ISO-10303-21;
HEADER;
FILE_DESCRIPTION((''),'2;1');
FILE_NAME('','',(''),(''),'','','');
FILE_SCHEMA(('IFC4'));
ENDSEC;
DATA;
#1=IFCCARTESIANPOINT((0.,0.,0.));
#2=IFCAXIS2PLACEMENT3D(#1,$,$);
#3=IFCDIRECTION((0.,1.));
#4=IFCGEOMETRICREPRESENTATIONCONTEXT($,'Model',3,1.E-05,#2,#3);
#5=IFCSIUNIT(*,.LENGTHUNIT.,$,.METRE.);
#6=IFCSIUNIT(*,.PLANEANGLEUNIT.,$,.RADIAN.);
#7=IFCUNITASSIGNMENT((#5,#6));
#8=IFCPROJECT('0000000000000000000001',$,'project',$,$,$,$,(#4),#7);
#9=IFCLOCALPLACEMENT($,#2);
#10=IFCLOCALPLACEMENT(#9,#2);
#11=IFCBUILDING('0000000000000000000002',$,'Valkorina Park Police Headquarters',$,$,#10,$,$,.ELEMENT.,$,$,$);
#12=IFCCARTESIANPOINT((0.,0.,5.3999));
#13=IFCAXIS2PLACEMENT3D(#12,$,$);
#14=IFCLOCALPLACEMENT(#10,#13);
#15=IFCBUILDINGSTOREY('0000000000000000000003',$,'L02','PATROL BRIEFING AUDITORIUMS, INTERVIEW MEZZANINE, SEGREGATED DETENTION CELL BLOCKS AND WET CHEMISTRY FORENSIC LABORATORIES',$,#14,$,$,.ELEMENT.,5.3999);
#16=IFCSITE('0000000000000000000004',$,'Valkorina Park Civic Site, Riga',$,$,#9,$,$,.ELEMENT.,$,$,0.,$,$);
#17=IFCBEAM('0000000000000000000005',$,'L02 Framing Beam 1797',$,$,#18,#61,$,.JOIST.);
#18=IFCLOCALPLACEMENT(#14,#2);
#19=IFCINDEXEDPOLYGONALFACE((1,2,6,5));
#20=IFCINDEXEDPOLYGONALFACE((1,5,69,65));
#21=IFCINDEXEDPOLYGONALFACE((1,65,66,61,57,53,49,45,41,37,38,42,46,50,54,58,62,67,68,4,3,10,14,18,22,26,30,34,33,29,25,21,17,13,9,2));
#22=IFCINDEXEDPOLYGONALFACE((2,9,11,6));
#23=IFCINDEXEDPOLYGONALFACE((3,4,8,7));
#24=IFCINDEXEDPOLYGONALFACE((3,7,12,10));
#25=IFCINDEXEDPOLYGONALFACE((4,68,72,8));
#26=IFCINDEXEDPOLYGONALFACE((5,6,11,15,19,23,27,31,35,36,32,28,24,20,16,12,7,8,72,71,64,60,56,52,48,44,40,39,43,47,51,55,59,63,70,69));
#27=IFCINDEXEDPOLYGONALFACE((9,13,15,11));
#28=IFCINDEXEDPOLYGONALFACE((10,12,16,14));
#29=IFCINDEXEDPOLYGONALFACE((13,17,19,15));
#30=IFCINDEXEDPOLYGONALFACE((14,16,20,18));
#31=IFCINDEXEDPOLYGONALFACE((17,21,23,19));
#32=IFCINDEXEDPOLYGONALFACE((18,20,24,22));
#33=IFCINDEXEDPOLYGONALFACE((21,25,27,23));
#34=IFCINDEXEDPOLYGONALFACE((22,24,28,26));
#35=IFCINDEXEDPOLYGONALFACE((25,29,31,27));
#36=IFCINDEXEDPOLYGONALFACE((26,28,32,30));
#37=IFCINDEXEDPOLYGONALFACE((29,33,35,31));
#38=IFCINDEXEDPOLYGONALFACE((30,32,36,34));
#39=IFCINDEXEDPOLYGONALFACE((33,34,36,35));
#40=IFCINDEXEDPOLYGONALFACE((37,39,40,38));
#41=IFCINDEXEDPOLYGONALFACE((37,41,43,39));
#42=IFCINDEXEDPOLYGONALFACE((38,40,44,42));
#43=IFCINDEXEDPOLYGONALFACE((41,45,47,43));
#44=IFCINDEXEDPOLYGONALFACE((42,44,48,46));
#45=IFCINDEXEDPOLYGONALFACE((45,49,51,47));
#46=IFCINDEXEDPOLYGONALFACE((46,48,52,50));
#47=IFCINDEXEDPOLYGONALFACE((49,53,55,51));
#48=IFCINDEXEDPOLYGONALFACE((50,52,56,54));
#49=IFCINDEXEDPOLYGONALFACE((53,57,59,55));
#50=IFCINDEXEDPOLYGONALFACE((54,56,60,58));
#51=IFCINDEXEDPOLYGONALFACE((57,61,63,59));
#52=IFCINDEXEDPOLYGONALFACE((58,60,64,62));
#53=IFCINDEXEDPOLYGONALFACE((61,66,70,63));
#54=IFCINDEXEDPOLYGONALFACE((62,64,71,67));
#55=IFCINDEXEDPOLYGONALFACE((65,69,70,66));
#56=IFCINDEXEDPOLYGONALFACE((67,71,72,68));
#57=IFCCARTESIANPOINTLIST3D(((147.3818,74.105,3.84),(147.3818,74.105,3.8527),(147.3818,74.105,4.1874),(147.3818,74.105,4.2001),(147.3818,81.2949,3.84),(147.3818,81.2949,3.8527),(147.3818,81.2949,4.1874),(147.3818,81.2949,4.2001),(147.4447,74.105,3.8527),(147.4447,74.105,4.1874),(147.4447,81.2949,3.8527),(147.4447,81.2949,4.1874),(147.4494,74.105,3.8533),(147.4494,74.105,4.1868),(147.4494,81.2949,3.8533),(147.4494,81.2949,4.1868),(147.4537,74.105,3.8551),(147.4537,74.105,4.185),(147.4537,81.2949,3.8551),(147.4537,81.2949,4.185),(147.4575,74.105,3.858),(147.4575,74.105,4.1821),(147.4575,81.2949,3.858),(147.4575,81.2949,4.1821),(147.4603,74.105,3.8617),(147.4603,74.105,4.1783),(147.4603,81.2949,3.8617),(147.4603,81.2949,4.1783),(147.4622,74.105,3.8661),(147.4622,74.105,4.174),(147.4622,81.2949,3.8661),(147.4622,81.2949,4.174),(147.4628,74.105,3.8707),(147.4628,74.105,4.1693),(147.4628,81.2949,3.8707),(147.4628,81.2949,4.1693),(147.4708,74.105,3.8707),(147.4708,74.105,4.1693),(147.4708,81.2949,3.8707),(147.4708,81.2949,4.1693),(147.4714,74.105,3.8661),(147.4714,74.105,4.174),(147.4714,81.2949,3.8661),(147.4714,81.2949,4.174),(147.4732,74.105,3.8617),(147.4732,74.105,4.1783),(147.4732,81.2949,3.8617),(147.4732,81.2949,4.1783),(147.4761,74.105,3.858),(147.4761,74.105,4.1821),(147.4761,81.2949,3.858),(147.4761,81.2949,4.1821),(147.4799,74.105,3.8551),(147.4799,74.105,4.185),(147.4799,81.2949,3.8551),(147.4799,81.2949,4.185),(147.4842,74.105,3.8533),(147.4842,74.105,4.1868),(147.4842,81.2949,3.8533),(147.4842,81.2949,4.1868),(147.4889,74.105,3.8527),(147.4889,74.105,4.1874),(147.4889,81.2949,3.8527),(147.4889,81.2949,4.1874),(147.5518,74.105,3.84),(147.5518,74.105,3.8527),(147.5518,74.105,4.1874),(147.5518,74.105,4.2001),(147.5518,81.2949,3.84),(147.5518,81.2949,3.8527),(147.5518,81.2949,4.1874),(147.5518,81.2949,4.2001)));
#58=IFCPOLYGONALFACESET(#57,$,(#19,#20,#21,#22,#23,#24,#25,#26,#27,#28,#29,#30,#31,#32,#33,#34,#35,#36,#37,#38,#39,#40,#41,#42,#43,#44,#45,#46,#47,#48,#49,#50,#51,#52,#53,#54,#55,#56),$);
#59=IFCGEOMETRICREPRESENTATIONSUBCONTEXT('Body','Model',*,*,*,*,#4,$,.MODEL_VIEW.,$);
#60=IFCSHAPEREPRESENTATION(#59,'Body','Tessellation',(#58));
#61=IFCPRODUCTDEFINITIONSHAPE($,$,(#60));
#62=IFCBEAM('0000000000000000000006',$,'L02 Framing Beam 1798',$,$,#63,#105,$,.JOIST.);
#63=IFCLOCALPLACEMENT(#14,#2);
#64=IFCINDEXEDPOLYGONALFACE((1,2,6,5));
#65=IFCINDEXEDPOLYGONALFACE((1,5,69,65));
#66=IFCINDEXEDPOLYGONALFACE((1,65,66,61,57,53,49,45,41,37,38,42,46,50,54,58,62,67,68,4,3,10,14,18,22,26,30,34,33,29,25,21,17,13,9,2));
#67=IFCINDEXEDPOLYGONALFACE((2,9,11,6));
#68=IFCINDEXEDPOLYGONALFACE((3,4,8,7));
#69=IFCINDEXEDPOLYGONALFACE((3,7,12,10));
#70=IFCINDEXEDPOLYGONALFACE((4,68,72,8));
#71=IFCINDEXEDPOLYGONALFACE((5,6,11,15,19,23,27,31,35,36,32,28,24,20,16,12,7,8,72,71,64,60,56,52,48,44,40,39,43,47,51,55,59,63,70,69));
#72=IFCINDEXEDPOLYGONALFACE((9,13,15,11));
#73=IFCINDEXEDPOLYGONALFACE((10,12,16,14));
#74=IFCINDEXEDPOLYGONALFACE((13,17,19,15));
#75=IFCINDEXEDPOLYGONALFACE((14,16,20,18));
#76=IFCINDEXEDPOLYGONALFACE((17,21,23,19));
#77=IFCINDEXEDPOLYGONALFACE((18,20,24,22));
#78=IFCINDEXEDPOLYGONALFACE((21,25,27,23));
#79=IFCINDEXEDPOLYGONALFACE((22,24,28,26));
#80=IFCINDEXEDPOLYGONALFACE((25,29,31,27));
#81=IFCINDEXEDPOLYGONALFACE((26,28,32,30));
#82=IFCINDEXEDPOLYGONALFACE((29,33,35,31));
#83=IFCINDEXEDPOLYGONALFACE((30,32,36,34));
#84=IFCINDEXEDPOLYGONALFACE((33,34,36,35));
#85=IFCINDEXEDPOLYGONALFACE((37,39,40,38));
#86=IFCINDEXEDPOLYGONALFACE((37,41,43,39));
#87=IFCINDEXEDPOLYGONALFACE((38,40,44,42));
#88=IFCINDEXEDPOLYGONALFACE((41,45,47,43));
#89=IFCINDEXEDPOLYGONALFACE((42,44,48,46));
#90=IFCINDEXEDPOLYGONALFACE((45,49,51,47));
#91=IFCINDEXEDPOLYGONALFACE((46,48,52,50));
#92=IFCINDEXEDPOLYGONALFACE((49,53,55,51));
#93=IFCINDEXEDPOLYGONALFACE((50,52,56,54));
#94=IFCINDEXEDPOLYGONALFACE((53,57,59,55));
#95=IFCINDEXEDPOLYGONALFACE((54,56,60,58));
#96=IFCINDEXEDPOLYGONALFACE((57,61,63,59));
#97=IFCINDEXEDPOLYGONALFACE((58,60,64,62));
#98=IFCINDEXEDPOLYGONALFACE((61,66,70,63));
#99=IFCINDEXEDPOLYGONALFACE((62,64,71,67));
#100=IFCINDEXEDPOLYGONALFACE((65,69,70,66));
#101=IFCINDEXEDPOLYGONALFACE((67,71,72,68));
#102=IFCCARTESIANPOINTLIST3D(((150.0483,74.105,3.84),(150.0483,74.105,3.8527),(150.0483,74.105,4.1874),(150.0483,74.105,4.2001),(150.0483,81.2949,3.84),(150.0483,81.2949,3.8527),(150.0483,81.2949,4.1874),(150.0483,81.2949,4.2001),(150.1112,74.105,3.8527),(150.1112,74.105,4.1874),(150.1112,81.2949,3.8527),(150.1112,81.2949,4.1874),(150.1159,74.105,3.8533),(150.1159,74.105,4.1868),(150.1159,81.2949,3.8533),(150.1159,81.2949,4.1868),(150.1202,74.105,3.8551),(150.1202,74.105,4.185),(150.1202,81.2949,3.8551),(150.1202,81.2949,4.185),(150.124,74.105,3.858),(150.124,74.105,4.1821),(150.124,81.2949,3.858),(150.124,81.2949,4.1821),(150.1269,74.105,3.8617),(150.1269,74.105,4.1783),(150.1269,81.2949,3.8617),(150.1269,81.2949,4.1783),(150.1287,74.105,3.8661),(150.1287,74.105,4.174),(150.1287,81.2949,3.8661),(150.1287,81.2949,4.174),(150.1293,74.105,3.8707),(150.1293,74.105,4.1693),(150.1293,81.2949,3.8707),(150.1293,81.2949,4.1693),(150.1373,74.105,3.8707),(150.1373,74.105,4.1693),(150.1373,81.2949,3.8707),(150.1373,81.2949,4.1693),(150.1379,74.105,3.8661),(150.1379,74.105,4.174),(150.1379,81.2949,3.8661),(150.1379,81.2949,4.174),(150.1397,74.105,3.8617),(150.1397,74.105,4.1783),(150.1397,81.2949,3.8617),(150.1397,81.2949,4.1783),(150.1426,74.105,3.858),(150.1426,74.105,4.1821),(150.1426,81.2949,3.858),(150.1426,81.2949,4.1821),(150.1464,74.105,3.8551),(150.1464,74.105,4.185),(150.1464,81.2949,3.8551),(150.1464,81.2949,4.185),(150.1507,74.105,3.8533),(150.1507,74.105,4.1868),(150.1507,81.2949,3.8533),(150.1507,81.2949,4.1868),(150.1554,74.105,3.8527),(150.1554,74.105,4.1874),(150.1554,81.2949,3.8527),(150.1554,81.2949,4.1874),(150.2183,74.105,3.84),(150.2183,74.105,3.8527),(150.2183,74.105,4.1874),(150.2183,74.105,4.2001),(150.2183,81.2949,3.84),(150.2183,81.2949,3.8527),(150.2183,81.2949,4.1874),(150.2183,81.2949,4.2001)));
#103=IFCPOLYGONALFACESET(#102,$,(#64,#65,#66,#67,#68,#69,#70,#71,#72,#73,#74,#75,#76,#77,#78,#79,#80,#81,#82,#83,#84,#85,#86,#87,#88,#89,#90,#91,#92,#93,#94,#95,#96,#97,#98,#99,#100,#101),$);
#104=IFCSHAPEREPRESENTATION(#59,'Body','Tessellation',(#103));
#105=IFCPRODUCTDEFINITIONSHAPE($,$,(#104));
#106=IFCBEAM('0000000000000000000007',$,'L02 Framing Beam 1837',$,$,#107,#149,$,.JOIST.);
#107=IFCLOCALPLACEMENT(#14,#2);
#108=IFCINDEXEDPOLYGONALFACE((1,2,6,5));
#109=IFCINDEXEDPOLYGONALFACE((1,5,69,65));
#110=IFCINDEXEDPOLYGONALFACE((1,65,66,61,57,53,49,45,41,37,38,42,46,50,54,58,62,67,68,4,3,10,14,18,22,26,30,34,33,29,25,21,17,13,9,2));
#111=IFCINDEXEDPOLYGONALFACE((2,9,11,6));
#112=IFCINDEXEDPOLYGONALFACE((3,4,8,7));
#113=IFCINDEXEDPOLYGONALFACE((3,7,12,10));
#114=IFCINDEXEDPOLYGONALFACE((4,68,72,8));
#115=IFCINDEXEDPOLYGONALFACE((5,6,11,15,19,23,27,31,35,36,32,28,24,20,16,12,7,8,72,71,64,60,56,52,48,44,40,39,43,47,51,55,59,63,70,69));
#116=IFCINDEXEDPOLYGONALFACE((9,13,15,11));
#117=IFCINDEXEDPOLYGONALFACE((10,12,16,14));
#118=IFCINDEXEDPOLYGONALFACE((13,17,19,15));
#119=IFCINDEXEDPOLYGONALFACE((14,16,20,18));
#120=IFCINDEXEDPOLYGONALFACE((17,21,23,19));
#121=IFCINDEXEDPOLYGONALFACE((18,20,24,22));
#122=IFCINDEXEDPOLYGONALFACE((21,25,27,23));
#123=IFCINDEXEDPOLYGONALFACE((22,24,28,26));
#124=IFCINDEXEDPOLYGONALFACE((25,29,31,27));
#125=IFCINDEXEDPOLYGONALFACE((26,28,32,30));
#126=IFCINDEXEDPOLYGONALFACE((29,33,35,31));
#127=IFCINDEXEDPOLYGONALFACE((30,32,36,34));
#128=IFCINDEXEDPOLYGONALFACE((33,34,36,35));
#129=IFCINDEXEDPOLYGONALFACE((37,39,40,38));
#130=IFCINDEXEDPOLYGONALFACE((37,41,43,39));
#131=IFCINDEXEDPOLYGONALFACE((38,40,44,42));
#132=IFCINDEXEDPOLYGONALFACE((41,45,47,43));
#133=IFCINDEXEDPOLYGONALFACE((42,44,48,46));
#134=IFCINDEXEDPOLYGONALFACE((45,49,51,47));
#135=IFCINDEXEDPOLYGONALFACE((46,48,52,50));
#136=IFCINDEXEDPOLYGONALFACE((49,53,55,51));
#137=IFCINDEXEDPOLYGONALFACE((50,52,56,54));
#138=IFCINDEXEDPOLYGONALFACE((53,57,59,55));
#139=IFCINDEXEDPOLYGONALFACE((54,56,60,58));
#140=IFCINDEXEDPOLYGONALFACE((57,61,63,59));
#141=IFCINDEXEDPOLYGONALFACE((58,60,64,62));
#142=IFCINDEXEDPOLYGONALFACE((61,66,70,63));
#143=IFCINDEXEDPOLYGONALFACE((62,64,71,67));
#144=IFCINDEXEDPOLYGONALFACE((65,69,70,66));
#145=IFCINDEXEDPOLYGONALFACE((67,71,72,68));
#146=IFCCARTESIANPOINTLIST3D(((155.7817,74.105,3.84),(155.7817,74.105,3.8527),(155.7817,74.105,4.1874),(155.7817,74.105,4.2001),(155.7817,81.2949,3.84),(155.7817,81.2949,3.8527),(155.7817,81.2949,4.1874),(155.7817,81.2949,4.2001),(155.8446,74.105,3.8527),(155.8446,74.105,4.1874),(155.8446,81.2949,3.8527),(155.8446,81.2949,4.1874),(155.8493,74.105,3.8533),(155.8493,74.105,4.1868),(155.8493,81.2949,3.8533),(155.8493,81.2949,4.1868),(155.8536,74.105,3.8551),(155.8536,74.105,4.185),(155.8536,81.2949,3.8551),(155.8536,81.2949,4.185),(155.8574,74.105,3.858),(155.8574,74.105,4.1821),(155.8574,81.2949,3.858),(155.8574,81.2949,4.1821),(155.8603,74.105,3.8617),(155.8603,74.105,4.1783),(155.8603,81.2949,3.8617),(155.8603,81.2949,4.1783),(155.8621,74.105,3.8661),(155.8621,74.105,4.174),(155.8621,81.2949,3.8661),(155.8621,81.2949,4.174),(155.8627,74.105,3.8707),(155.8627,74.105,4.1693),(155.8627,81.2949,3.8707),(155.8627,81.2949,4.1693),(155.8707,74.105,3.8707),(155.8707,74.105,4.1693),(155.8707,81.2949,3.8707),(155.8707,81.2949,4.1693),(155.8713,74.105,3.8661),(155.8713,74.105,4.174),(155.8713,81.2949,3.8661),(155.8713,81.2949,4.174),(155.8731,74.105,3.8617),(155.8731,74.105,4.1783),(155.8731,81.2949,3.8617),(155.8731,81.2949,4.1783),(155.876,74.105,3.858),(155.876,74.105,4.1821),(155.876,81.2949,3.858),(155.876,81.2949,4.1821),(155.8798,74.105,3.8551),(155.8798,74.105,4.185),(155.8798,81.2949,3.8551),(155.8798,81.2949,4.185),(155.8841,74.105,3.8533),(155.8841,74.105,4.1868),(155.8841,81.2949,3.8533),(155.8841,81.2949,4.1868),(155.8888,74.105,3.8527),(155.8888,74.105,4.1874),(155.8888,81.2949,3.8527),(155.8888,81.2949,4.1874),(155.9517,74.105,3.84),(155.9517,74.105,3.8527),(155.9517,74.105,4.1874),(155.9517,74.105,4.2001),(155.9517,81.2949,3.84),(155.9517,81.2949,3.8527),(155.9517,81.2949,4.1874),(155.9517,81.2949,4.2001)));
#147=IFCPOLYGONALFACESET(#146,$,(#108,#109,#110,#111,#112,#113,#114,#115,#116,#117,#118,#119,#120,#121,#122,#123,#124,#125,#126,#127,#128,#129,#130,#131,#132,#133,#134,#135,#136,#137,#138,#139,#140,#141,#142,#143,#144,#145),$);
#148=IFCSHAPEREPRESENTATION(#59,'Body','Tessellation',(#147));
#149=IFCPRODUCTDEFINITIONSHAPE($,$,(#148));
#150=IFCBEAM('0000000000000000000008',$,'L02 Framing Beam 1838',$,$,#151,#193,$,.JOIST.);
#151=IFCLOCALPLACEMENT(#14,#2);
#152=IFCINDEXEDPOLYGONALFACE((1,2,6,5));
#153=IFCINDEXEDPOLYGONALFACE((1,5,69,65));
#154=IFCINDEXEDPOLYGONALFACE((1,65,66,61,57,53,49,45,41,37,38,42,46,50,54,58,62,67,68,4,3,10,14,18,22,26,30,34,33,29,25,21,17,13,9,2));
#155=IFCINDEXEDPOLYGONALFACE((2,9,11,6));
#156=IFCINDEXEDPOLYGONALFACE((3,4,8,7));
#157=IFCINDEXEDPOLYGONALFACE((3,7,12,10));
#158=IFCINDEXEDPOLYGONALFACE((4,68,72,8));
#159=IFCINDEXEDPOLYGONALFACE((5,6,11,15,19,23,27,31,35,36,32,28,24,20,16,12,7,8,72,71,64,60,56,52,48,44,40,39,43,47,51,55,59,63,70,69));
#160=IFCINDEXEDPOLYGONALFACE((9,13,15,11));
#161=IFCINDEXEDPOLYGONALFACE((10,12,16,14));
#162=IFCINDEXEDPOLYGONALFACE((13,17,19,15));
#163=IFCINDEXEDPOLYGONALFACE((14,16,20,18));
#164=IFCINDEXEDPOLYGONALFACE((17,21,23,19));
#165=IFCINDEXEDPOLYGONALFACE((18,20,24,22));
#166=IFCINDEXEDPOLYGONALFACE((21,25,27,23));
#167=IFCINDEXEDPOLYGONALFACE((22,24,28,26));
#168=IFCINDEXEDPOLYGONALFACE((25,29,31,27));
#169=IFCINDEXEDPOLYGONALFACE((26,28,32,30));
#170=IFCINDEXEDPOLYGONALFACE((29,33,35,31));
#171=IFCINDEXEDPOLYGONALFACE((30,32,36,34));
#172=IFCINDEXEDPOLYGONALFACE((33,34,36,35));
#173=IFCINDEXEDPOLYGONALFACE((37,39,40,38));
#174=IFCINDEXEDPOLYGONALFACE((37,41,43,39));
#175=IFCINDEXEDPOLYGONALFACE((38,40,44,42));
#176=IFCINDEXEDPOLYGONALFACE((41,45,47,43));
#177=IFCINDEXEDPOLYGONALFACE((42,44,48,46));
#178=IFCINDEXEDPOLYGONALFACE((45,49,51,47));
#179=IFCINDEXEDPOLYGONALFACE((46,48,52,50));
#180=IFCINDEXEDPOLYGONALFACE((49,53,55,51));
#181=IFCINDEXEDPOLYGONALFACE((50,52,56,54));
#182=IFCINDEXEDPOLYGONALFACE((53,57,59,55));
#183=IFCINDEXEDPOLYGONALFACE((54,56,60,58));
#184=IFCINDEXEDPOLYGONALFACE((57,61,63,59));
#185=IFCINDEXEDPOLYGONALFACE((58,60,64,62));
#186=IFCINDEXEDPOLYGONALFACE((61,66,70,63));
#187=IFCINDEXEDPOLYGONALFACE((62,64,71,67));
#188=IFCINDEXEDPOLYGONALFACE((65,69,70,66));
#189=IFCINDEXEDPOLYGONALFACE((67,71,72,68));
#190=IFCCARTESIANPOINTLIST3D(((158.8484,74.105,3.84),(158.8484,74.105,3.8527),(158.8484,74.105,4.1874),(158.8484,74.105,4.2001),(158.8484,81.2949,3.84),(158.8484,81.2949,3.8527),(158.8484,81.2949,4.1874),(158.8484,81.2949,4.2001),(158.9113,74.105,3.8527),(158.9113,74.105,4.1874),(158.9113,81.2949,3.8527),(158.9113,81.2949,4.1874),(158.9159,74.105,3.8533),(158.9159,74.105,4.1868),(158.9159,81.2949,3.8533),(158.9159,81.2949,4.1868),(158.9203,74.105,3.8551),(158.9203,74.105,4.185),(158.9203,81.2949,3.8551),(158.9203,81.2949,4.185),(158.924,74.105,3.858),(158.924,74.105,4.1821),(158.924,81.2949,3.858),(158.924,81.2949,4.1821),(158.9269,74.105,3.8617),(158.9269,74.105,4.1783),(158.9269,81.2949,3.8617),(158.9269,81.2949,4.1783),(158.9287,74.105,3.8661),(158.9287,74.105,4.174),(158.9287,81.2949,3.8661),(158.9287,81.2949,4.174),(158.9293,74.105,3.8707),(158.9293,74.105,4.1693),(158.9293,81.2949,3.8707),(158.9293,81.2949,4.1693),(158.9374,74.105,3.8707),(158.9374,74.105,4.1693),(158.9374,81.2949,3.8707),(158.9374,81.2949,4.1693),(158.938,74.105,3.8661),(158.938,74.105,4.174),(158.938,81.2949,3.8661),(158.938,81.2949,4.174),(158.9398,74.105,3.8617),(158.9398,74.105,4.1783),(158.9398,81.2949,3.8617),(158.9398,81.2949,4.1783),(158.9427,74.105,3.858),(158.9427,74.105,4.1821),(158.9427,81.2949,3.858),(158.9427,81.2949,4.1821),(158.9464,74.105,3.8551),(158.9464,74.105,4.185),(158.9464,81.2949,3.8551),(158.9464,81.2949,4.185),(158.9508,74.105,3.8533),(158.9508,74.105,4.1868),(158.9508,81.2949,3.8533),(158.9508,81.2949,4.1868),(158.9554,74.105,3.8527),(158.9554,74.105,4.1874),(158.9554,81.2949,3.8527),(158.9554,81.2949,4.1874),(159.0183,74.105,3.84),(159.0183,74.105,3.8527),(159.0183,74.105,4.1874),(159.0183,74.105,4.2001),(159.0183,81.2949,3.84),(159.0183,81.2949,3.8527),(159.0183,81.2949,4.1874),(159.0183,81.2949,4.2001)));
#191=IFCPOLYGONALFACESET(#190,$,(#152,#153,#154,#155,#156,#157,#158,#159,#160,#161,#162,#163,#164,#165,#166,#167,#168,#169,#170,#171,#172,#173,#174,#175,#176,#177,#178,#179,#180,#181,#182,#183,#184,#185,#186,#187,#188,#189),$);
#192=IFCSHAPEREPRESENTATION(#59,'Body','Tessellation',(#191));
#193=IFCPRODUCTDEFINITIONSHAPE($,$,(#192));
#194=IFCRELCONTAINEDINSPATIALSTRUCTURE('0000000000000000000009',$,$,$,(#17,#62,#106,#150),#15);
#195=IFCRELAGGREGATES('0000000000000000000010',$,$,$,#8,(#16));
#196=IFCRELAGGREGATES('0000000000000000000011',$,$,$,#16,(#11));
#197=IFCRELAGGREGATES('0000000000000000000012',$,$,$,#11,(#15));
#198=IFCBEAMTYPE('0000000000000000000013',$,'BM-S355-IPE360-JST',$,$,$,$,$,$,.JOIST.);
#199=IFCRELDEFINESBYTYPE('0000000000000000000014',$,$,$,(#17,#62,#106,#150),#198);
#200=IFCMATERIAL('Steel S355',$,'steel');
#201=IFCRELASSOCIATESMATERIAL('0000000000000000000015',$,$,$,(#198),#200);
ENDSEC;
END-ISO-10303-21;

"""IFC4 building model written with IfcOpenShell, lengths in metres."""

from ifc_helpers import new_model, si_unit, direction, frame, origin, origin_2d, place, context, subcontext, project, spatial, i_section, extrude, material, material_profile, profile_set, type_object, element, save


model = new_model("IFC4")

# Units and contexts
model_context = context("Model", 3, precision=1e-05, world=origin(), true_north=direction((0.0, 1.0)))
body_context = subcontext(model_context, "Body", "Model", "MODEL_VIEW")
ifc_project = project(units=[si_unit("LENGTHUNIT", "METRE"), si_unit("PLANEANGLEUNIT", "RADIAN")], contexts=[model_context])

# Site, building, storey
site_placement = place(None, origin())
site = spatial("IfcSite", under=ifc_project, at=site_placement, Name="Valkorina Park Civic Site, Riga", CompositionType="ELEMENT", RefElevation=0.0)
building_placement = place(site_placement, origin())
building = spatial("IfcBuilding", under=site, at=building_placement, Name="Valkorina Park Police Headquarters", CompositionType="ELEMENT")
storey_placement = place(building_placement, frame((0.0, 0.0, 5.3999)))
storey = spatial("IfcBuildingStorey", under=building, at=storey_placement, Name="L02", Description="PATROL BRIEFING AUDITORIUMS, INTERVIEW MEZZANINE, SEGREGATED DETENTION CELL BLOCKS AND WET CHEMISTRY FORENSIC LABORATORIES", CompositionType="ELEMENT", Elevation=5.3999)

# Shared definitions
ifc_material_1 = material(Name="Steel S355", Category="steel")

# Beams
ifc_material_profile_1 = material_profile(ifc_material_1, i_section(OverallWidth=0.1699, OverallDepth=0.3601, WebThickness=0.0081, FlangeThickness=0.0127, FilletRadius=0.0181, at=origin_2d()), Name="IPE 360")
ifc_profile_set_1 = profile_set([ifc_material_profile_1], Name="Steel S355")
beam_type_1 = type_object("IfcBeamType", Name="BM-S355-IPE360-JST", PredefinedType="JOIST", material=ifc_profile_set_1)
for number, where, z_axis, x_axis, name in (
    (1, (147.4668, 74.105, 4.02), (0.0, 1.0, 0.0), (-1.0, 0.0, 0.0), "L02 Framing Beam 1797"),
    (2, (150.1333, 74.105, 4.02), (0.0, 1.0, 0.0), (-1.0, 0.0, 0.0), "L02 Framing Beam 1798"),
    (3, (155.8667, 74.105, 4.02), (0.0, 1.0, 0.0), (-1.0, 0.0, 0.0), "L02 Framing Beam 1837"),
    (4, (158.9333, 74.105, 4.02), (0.0, 1.0, 0.0), (-1.0, 0.0, 0.0), "L02 Framing Beam 1838"),
):
    element("IfcBeam", number, at=place(storey_placement, frame(where, z_axis=z_axis, x_axis=x_axis)), inside=storey, type_object=beam_type_1, Name=name, PredefinedType="JOIST", context=body_context, shape_type="SweptSolid", body=[
        extrude(i_section(OverallWidth=0.1699, OverallDepth=0.3601, WebThickness=0.0081, FlangeThickness=0.0127, FilletRadius=0.0181, at=origin_2d()), origin(), (0.0, 0.0, 1.0), 7.1899),
    ])

save(model, "model.ifc")
